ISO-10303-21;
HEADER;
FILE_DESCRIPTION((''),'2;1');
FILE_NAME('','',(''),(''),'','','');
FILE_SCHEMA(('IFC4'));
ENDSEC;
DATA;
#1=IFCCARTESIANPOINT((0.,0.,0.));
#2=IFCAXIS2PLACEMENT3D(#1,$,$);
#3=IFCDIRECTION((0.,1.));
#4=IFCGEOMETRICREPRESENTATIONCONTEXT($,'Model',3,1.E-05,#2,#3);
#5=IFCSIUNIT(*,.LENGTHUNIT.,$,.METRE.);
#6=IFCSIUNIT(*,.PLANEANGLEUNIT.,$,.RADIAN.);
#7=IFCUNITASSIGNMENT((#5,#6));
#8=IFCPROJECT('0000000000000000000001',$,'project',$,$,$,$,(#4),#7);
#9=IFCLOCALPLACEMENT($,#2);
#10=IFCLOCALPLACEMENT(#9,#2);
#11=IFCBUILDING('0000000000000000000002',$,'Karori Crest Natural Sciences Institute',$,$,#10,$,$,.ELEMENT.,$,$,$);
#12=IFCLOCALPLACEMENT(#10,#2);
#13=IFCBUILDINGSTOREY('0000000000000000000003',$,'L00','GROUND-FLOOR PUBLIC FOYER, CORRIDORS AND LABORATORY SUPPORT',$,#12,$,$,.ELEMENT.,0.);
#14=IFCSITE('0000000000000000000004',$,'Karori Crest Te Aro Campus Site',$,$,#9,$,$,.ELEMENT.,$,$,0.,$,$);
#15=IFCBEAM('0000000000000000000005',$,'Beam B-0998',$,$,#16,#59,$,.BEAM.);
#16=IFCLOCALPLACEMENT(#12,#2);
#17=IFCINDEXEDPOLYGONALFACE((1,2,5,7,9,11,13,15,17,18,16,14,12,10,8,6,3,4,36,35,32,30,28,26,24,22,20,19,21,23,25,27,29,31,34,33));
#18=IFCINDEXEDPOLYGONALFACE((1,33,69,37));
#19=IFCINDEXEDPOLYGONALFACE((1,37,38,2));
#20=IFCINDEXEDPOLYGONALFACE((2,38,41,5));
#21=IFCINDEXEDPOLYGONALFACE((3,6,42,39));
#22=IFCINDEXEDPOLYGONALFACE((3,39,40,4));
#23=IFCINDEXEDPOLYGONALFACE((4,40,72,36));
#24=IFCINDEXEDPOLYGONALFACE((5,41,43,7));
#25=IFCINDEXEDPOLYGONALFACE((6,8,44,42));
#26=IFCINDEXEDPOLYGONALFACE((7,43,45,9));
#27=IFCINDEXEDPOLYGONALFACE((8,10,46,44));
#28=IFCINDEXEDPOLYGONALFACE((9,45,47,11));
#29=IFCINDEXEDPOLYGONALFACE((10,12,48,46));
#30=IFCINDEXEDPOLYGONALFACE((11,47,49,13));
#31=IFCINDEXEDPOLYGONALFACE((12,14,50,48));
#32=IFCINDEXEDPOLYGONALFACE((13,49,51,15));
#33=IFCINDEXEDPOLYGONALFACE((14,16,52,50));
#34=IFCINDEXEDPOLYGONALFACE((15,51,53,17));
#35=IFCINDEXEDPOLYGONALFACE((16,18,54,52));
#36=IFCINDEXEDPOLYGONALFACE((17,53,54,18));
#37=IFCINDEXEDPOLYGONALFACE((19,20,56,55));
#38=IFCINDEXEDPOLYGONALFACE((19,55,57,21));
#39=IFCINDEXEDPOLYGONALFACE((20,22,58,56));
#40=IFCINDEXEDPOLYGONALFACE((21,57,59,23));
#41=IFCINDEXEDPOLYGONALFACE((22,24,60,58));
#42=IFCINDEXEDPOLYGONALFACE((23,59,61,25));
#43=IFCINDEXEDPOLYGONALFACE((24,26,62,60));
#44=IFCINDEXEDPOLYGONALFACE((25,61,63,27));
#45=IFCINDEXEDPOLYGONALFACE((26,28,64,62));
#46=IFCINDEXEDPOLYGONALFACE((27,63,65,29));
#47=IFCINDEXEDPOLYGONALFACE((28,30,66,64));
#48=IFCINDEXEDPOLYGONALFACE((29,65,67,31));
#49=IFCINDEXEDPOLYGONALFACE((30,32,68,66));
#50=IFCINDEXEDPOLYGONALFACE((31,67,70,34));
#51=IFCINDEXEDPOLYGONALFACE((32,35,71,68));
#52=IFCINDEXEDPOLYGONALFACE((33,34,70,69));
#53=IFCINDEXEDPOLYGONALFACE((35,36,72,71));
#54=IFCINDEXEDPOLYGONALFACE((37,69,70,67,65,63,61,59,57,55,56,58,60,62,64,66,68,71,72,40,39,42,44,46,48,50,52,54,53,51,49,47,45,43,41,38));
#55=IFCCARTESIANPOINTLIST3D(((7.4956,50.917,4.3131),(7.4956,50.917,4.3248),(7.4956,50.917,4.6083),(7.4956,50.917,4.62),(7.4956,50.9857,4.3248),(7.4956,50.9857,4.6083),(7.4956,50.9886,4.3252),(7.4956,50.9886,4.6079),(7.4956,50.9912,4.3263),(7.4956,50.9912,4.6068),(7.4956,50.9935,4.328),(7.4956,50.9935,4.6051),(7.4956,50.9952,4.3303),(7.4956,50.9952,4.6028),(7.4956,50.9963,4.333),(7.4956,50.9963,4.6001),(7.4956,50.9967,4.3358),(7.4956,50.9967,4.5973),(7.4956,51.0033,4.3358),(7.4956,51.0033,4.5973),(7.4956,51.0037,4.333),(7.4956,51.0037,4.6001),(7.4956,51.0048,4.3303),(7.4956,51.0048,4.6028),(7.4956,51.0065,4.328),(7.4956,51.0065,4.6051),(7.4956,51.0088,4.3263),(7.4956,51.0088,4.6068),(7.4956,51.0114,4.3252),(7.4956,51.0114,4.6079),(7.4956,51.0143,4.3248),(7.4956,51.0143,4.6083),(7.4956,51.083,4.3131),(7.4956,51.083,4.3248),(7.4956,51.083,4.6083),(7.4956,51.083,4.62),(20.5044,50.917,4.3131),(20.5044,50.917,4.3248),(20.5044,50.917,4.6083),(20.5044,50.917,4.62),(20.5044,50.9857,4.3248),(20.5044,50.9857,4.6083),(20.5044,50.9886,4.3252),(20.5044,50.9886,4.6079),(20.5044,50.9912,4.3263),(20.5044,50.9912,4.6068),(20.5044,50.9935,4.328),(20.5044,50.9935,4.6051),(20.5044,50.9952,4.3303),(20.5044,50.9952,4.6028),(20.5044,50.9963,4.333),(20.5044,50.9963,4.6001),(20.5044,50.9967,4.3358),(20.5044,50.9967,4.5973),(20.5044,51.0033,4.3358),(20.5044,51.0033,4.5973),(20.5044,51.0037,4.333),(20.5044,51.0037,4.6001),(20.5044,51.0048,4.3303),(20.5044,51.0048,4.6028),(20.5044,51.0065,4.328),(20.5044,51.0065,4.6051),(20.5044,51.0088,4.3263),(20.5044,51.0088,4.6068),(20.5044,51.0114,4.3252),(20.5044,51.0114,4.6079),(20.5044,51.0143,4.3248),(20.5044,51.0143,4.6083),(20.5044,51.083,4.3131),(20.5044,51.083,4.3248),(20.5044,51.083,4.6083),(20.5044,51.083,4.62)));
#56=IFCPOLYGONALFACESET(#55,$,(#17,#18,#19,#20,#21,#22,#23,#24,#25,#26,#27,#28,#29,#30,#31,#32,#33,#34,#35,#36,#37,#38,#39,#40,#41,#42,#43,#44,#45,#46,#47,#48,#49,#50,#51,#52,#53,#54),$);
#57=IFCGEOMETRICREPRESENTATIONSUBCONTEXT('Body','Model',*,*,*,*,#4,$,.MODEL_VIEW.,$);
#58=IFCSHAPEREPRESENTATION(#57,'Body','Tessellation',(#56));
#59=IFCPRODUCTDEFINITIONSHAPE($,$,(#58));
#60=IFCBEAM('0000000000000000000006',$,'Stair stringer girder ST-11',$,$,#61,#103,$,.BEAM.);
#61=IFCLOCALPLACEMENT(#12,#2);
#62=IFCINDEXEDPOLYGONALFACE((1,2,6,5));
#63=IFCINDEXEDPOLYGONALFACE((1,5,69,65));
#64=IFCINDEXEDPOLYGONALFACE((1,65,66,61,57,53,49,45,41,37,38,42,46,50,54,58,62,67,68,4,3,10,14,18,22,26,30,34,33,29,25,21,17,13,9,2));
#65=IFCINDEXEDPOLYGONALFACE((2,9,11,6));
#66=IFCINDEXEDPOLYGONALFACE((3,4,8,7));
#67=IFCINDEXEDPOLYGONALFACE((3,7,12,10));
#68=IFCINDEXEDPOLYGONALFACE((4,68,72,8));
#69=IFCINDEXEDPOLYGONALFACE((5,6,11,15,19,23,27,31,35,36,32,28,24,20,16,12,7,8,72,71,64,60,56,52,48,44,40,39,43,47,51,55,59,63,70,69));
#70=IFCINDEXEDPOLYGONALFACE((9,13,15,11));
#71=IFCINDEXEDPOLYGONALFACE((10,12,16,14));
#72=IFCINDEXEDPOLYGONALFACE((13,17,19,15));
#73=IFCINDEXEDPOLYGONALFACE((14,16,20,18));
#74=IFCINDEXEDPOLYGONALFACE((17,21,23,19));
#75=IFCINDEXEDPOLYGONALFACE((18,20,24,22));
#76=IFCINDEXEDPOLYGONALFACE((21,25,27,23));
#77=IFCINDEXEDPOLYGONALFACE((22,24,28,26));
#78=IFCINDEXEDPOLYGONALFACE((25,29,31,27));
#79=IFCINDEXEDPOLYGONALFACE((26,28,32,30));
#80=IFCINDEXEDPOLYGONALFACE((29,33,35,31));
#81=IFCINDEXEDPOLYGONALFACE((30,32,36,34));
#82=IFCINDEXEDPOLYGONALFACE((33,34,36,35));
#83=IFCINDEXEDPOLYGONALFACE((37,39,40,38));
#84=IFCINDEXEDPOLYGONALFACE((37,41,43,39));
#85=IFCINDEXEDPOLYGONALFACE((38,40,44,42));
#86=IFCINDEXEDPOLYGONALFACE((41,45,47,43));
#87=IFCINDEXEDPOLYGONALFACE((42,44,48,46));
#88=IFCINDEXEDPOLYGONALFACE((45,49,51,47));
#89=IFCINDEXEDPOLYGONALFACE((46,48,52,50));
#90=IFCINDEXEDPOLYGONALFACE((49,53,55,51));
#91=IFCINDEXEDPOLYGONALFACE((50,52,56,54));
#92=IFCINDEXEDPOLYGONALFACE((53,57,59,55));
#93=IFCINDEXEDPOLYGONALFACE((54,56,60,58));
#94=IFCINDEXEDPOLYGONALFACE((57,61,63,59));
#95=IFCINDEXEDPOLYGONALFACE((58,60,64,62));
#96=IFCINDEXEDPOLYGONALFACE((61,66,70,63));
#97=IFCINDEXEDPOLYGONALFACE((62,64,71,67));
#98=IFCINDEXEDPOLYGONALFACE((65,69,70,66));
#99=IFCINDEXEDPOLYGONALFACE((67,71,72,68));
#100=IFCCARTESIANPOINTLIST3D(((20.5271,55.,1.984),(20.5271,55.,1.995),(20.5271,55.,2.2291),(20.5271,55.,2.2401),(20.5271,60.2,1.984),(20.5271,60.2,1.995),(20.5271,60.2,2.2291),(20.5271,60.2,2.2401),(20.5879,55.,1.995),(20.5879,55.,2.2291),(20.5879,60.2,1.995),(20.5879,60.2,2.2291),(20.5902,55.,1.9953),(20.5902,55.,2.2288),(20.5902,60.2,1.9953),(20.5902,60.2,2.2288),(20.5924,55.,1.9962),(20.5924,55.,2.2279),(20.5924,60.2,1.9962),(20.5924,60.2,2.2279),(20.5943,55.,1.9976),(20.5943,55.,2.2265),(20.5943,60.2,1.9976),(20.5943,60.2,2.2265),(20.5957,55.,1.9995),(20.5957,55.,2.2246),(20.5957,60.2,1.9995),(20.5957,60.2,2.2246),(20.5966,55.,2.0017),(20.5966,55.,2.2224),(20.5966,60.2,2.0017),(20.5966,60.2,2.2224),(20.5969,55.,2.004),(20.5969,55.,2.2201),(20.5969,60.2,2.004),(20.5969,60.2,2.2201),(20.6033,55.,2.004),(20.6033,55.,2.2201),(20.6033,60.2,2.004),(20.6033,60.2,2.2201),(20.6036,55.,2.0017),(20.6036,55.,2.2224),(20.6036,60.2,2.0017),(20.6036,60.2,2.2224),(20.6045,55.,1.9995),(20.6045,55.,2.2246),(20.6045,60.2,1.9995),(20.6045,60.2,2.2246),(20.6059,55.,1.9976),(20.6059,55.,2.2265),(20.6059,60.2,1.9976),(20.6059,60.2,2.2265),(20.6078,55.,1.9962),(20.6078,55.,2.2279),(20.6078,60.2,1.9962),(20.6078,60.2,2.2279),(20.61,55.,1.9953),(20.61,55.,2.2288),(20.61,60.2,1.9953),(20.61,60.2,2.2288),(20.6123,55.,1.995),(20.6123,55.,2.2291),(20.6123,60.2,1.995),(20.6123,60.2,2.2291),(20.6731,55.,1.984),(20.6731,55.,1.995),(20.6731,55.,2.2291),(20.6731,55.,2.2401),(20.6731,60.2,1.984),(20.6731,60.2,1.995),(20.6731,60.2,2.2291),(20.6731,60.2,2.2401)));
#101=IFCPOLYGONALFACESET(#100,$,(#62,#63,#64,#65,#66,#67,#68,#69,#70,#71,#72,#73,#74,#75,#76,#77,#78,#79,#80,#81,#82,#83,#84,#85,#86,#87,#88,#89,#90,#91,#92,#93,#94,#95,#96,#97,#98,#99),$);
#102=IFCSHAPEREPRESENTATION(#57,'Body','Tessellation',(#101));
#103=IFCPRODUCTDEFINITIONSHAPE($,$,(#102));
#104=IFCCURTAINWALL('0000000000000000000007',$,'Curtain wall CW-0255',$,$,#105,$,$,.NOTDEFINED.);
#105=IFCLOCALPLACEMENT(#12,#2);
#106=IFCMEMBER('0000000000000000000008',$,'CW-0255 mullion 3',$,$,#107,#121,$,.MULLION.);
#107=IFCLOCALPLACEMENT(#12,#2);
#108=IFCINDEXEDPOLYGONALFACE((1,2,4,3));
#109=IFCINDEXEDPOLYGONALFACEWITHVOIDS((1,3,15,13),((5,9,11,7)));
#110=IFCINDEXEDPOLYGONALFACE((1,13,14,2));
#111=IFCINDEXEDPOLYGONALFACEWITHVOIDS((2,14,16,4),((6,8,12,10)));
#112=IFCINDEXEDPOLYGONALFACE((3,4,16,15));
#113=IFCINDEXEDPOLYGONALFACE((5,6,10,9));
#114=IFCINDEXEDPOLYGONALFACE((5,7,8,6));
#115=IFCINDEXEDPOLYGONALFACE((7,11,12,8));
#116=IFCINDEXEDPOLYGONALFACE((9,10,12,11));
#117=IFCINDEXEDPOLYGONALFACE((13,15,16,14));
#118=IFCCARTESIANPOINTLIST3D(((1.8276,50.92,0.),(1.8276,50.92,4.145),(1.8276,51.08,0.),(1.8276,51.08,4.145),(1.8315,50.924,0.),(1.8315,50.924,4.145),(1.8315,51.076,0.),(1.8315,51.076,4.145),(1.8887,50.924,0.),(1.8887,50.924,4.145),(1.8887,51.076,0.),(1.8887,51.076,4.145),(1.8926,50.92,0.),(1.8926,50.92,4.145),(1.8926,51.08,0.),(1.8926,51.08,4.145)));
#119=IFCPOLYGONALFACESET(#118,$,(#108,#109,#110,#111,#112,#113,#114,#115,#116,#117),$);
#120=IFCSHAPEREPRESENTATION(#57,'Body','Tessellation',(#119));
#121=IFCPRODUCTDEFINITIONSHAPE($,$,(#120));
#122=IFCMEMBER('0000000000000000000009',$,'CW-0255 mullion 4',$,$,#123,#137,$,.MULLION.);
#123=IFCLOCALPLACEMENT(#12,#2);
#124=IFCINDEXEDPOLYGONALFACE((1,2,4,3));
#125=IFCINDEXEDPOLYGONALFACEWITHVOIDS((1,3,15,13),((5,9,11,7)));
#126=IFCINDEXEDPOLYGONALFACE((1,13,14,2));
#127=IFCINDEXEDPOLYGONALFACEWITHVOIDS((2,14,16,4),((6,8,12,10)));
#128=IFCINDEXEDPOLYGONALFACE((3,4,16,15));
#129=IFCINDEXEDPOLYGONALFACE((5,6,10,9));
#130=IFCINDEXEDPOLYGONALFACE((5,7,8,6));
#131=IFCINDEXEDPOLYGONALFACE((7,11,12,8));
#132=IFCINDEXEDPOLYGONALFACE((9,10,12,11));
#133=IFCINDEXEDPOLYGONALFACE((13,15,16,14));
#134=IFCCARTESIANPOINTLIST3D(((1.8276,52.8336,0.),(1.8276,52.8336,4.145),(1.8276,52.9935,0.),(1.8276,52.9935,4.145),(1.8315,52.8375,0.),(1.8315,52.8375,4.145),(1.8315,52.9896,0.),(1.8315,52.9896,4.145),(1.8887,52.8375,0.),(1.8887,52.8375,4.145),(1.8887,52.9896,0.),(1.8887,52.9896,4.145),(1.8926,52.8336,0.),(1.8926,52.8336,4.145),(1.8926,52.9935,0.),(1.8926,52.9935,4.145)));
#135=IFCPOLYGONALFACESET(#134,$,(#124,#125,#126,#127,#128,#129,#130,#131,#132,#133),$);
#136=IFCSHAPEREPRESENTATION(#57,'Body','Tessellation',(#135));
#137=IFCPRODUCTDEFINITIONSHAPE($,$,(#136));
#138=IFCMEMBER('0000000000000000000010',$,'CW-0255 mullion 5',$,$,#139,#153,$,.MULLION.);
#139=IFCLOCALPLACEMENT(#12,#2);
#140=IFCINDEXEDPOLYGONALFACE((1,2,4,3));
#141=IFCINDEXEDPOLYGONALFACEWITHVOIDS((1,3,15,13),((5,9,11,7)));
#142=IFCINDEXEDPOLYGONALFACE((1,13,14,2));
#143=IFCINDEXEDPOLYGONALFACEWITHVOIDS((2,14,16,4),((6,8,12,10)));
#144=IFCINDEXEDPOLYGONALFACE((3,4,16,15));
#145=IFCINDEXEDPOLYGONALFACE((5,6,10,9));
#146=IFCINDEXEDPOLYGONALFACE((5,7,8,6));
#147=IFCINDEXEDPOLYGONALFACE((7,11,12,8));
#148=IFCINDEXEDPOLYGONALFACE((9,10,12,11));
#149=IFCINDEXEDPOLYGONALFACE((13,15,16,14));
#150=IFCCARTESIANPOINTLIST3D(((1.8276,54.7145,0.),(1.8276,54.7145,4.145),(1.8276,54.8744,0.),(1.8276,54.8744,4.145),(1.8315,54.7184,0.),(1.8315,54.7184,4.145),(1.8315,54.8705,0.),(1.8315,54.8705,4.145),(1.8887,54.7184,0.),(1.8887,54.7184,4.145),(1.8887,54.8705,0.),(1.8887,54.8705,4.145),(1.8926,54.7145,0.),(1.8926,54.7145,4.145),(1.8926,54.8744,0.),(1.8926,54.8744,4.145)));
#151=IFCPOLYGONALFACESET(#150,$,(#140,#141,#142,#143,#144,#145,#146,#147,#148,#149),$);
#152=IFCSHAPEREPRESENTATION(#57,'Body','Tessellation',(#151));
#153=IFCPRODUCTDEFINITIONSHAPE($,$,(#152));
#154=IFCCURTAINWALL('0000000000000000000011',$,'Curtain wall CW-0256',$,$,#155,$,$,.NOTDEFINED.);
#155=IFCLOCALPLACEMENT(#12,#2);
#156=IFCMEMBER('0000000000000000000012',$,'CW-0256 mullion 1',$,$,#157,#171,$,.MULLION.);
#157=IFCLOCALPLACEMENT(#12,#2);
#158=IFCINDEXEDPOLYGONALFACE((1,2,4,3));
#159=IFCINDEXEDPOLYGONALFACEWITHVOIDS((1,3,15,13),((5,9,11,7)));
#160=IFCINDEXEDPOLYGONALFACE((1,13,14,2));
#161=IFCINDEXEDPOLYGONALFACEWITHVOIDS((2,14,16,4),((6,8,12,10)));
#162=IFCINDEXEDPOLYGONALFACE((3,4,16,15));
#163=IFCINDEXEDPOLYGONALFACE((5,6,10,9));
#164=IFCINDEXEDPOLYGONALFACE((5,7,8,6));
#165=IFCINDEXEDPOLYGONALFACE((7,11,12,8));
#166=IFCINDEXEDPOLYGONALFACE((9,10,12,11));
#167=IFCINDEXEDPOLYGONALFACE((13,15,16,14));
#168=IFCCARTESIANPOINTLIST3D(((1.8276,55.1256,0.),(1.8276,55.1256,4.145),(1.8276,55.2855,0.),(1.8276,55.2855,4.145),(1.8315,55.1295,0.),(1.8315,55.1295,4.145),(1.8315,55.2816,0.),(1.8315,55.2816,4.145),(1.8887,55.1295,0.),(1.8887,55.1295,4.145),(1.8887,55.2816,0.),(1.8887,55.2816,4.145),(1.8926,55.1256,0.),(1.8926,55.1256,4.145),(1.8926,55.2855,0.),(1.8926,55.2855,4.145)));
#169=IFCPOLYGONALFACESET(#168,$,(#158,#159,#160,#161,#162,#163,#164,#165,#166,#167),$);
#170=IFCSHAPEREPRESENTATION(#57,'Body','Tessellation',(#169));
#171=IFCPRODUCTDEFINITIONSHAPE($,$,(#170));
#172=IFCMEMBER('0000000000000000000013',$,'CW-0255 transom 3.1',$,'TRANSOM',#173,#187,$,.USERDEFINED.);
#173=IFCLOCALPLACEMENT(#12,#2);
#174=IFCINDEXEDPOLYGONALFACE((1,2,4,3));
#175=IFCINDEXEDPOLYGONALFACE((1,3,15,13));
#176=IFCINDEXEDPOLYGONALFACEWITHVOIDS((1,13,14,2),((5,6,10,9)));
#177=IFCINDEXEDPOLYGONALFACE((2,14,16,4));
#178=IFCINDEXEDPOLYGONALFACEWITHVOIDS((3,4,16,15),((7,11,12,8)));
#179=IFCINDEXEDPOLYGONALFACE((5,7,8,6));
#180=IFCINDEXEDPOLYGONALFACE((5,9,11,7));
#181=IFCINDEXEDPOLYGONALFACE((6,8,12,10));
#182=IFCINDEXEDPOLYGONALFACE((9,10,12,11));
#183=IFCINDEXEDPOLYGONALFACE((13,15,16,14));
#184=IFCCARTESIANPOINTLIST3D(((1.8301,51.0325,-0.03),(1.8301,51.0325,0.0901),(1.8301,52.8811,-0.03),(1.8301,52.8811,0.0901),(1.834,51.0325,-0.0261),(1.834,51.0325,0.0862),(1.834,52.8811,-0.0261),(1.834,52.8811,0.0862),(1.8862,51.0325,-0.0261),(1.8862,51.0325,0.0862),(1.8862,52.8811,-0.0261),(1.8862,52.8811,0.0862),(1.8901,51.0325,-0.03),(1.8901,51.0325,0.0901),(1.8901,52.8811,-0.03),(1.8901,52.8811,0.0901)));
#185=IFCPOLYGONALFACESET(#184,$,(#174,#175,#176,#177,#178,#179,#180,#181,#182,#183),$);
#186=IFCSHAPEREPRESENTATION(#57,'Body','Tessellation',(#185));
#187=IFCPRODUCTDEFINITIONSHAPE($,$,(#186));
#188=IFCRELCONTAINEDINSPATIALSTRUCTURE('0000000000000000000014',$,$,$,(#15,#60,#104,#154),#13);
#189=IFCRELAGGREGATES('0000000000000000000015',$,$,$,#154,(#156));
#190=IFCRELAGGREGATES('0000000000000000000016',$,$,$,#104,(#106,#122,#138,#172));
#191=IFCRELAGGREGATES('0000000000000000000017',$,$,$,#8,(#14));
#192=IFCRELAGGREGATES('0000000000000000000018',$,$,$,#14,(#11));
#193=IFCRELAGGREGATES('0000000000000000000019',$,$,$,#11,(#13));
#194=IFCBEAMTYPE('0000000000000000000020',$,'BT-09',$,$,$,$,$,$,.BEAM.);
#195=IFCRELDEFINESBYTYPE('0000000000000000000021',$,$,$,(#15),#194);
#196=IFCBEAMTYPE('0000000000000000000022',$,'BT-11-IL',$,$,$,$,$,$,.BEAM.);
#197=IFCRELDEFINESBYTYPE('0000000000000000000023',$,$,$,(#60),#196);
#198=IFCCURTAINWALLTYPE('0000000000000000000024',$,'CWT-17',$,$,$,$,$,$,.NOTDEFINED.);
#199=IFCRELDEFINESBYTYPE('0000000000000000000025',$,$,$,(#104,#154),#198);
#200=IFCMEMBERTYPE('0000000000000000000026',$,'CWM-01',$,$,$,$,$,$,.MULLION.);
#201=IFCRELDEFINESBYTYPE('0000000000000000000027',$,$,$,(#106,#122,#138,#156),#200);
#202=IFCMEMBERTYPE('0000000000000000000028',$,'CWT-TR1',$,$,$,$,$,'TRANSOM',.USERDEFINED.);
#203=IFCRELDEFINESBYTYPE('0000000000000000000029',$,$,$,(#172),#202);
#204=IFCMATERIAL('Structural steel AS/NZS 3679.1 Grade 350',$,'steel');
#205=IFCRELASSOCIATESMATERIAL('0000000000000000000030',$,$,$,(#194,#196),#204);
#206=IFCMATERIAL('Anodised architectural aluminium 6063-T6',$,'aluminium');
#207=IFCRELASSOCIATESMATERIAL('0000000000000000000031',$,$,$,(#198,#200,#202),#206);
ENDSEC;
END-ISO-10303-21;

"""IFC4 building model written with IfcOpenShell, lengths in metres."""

from ifc_helpers import new_model, si_unit, direction, frame, origin, origin_2d, place, context, subcontext, project, spatial, hollow_rectangle, i_section, extrude, material, material_profile, profile_set, type_object, element, aggregate, save


model = new_model("IFC4")

# Units and contexts
model_context = context("Model", 3, precision=1e-05, world=origin(), true_north=direction((0.0, 1.0)))
body_context = subcontext(model_context, "Body", "Model", "MODEL_VIEW")
ifc_project = project(units=[si_unit("LENGTHUNIT", "METRE"), si_unit("PLANEANGLEUNIT", "RADIAN")], contexts=[model_context])

# Site, building, storey
site_placement = place(None, origin())
site = spatial("IfcSite", under=ifc_project, at=site_placement, Name="Karori Crest Te Aro Campus Site", CompositionType="ELEMENT", RefElevation=0.0)
building_placement = place(site_placement, origin())
building = spatial("IfcBuilding", under=site, at=building_placement, Name="Karori Crest Natural Sciences Institute", CompositionType="ELEMENT")
storey_placement = place(building_placement, origin())
storey = spatial("IfcBuildingStorey", under=building, at=storey_placement, Name="L00", Description="GROUND-FLOOR PUBLIC FOYER, CORRIDORS AND LABORATORY SUPPORT", CompositionType="ELEMENT", Elevation=0.0)

# Shared definitions
ifc_material_1 = material(Name="Structural steel AS/NZS 3679.1 Grade 350", Category="steel")

# Beams
ifc_material_profile_1 = material_profile(ifc_material_1, i_section(OverallWidth=0.166, OverallDepth=0.3069, WebThickness=0.0066, FlangeThickness=0.0117, FilletRadius=0.011, at=origin_2d()), Name="310UB46.2")
ifc_profile_set_1 = profile_set([ifc_material_profile_1], Name="Structural steel AS/NZS 3679.1 Grade 350")
beam_type_1 = type_object("IfcBeamType", Name="BT-09", PredefinedType="BEAM", material=ifc_profile_set_1)
beam_1_placement = place(storey_placement, frame((7.4956, 51.0, 4.4666), z_axis=(1.0, 0.0, 0.0), x_axis=(0.0, 1.0, 0.0)))
element("IfcBeam", 1, at=beam_1_placement, inside=storey, type_object=beam_type_1, Name="Beam B-0998", PredefinedType="BEAM", context=body_context, shape_type="SweptSolid", body=[
    extrude(i_section(OverallWidth=0.166, OverallDepth=0.3069, WebThickness=0.0066, FlangeThickness=0.0117, FilletRadius=0.011, at=origin_2d()), origin(), (0.0, 0.0, 1.0), 13.0088),
])
ifc_material_profile_2 = material_profile(ifc_material_1, i_section(OverallWidth=0.146, OverallDepth=0.2561, WebThickness=0.0063, FlangeThickness=0.011, FilletRadius=0.009, at=origin_2d()), Name="250UB37.3")
ifc_profile_set_2 = profile_set([ifc_material_profile_2], Name="Structural steel AS/NZS 3679.1 Grade 350")
beam_type_2 = type_object("IfcBeamType", Name="BT-11-IL", PredefinedType="BEAM", material=ifc_profile_set_2)
beam_2_placement = place(storey_placement, frame((20.6001, 55.0, 2.1121), z_axis=(0.0, 1.0, 0.0), x_axis=(-1.0, 0.0, 0.0)))
element("IfcBeam", 2, at=beam_2_placement, inside=storey, type_object=beam_type_2, Name="Stair stringer girder ST-11", PredefinedType="BEAM", context=body_context, shape_type="SweptSolid", body=[
    extrude(i_section(OverallWidth=0.146, OverallDepth=0.2561, WebThickness=0.0063, FlangeThickness=0.011, FilletRadius=0.009, at=origin_2d()), origin(), (0.0, 0.0, 1.0), 5.2),
])

# Curtain wall, members
ifc_material_2 = material(Name="Anodised architectural aluminium 6063-T6", Category="aluminium")
curtain_wall_type = type_object("IfcCurtainWallType", Name="CWT-17", PredefinedType="NOTDEFINED", material=ifc_material_2)
curtain_wall_1_placement = place(storey_placement, origin())
curtain_wall_1 = element("IfcCurtainWall", 3, at=curtain_wall_1_placement, inside=storey, type_object=curtain_wall_type, Name="Curtain wall CW-0255", PredefinedType="NOTDEFINED")
ifc_material_profile_3 = material_profile(ifc_material_2, hollow_rectangle(XDim=0.0649, YDim=0.1599, WallThickness=0.0039, at=origin_2d()), Name="CWM160x65x4")
ifc_profile_set_3 = profile_set([ifc_material_profile_3], Name="Anodised architectural aluminium 6063-T6")
member_type_1 = type_object("IfcMemberType", Name="CWM-01", PredefinedType="MULLION", material=ifc_profile_set_3)
member_1_placement = place(storey_placement, frame((1.8601, 51.0, 0.0), z_axis=(0.0, 0.0, 1.0), x_axis=(-1.0, 0.0, 0.0)))
member_1 = element("IfcMember", 4, at=member_1_placement, type_object=member_type_1, Name="CW-0255 mullion 3", PredefinedType="MULLION", context=body_context, shape_type="SweptSolid", body=[
    extrude(hollow_rectangle(XDim=0.0649, YDim=0.1599, WallThickness=0.0039, at=origin_2d()), origin(), (0.0, 0.0, 1.0), 4.145),
])
member_2_placement = place(storey_placement, frame((1.8601, 52.9136, 0.0), z_axis=(0.0, 0.0, 1.0), x_axis=(-1.0, 0.0, 0.0)))
member_2 = element("IfcMember", 5, at=member_2_placement, type_object=member_type_1, Name="CW-0255 mullion 4", PredefinedType="MULLION", context=body_context, shape_type="SweptSolid", body=[
    extrude(hollow_rectangle(XDim=0.0649, YDim=0.1599, WallThickness=0.0039, at=origin_2d()), origin(), (0.0, 0.0, 1.0), 4.145),
])
member_3_placement = place(storey_placement, frame((1.8601, 54.7944, 0.0), z_axis=(0.0, 0.0, 1.0), x_axis=(-1.0, 0.0, 0.0)))
member_3 = element("IfcMember", 6, at=member_3_placement, type_object=member_type_1, Name="CW-0255 mullion 5", PredefinedType="MULLION", context=body_context, shape_type="SweptSolid", body=[
    extrude(hollow_rectangle(XDim=0.0649, YDim=0.1599, WallThickness=0.0039, at=origin_2d()), origin(), (0.0, 0.0, 1.0), 4.145),
])

# Curtain wall, member
curtain_wall_2_placement = place(storey_placement, origin())
curtain_wall_2 = element("IfcCurtainWall", 7, at=curtain_wall_2_placement, inside=storey, type_object=curtain_wall_type, Name="Curtain wall CW-0256", PredefinedType="NOTDEFINED")
member_4_placement = place(storey_placement, frame((1.8601, 55.2056, 0.0), z_axis=(0.0, 0.0, 1.0), x_axis=(-1.0, 0.0, 0.0)))
member_4 = element("IfcMember", 8, at=member_4_placement, type_object=member_type_1, Name="CW-0256 mullion 1", PredefinedType="MULLION", context=body_context, shape_type="SweptSolid", body=[
    extrude(hollow_rectangle(XDim=0.0649, YDim=0.1599, WallThickness=0.0039, at=origin_2d()), origin(), (0.0, 0.0, 1.0), 4.145),
])

# Member
ifc_material_profile_4 = material_profile(ifc_material_2, hollow_rectangle(XDim=0.0601, YDim=0.1201, WallThickness=0.0039, at=origin_2d()), Name="CWT120x60x4")
ifc_profile_set_4 = profile_set([ifc_material_profile_4], Name="Anodised architectural aluminium 6063-T6")
member_type_2 = type_object("IfcMemberType", Name="CWT-TR1", ElementType="TRANSOM", PredefinedType="USERDEFINED", material=ifc_profile_set_4)
member_5_placement = place(storey_placement, frame((1.8601, 51.0325, 0.03), z_axis=(0.0, 1.0, 0.0), x_axis=(-1.0, 0.0, 0.0)))
member_5 = element("IfcMember", 9, at=member_5_placement, type_object=member_type_2, Name="CW-0255 transom 3.1", ObjectType="TRANSOM", PredefinedType="USERDEFINED", context=body_context, shape_type="SweptSolid", body=[
    extrude(hollow_rectangle(XDim=0.0601, YDim=0.1201, WallThickness=0.0039, at=origin_2d()), origin(), (0.0, 0.0, 1.0), 1.8486),
])
aggregate(curtain_wall_2, [member_4])

aggregate(curtain_wall_1, [member_1, member_2, member_3, member_5])

save(model, "model.ifc")
